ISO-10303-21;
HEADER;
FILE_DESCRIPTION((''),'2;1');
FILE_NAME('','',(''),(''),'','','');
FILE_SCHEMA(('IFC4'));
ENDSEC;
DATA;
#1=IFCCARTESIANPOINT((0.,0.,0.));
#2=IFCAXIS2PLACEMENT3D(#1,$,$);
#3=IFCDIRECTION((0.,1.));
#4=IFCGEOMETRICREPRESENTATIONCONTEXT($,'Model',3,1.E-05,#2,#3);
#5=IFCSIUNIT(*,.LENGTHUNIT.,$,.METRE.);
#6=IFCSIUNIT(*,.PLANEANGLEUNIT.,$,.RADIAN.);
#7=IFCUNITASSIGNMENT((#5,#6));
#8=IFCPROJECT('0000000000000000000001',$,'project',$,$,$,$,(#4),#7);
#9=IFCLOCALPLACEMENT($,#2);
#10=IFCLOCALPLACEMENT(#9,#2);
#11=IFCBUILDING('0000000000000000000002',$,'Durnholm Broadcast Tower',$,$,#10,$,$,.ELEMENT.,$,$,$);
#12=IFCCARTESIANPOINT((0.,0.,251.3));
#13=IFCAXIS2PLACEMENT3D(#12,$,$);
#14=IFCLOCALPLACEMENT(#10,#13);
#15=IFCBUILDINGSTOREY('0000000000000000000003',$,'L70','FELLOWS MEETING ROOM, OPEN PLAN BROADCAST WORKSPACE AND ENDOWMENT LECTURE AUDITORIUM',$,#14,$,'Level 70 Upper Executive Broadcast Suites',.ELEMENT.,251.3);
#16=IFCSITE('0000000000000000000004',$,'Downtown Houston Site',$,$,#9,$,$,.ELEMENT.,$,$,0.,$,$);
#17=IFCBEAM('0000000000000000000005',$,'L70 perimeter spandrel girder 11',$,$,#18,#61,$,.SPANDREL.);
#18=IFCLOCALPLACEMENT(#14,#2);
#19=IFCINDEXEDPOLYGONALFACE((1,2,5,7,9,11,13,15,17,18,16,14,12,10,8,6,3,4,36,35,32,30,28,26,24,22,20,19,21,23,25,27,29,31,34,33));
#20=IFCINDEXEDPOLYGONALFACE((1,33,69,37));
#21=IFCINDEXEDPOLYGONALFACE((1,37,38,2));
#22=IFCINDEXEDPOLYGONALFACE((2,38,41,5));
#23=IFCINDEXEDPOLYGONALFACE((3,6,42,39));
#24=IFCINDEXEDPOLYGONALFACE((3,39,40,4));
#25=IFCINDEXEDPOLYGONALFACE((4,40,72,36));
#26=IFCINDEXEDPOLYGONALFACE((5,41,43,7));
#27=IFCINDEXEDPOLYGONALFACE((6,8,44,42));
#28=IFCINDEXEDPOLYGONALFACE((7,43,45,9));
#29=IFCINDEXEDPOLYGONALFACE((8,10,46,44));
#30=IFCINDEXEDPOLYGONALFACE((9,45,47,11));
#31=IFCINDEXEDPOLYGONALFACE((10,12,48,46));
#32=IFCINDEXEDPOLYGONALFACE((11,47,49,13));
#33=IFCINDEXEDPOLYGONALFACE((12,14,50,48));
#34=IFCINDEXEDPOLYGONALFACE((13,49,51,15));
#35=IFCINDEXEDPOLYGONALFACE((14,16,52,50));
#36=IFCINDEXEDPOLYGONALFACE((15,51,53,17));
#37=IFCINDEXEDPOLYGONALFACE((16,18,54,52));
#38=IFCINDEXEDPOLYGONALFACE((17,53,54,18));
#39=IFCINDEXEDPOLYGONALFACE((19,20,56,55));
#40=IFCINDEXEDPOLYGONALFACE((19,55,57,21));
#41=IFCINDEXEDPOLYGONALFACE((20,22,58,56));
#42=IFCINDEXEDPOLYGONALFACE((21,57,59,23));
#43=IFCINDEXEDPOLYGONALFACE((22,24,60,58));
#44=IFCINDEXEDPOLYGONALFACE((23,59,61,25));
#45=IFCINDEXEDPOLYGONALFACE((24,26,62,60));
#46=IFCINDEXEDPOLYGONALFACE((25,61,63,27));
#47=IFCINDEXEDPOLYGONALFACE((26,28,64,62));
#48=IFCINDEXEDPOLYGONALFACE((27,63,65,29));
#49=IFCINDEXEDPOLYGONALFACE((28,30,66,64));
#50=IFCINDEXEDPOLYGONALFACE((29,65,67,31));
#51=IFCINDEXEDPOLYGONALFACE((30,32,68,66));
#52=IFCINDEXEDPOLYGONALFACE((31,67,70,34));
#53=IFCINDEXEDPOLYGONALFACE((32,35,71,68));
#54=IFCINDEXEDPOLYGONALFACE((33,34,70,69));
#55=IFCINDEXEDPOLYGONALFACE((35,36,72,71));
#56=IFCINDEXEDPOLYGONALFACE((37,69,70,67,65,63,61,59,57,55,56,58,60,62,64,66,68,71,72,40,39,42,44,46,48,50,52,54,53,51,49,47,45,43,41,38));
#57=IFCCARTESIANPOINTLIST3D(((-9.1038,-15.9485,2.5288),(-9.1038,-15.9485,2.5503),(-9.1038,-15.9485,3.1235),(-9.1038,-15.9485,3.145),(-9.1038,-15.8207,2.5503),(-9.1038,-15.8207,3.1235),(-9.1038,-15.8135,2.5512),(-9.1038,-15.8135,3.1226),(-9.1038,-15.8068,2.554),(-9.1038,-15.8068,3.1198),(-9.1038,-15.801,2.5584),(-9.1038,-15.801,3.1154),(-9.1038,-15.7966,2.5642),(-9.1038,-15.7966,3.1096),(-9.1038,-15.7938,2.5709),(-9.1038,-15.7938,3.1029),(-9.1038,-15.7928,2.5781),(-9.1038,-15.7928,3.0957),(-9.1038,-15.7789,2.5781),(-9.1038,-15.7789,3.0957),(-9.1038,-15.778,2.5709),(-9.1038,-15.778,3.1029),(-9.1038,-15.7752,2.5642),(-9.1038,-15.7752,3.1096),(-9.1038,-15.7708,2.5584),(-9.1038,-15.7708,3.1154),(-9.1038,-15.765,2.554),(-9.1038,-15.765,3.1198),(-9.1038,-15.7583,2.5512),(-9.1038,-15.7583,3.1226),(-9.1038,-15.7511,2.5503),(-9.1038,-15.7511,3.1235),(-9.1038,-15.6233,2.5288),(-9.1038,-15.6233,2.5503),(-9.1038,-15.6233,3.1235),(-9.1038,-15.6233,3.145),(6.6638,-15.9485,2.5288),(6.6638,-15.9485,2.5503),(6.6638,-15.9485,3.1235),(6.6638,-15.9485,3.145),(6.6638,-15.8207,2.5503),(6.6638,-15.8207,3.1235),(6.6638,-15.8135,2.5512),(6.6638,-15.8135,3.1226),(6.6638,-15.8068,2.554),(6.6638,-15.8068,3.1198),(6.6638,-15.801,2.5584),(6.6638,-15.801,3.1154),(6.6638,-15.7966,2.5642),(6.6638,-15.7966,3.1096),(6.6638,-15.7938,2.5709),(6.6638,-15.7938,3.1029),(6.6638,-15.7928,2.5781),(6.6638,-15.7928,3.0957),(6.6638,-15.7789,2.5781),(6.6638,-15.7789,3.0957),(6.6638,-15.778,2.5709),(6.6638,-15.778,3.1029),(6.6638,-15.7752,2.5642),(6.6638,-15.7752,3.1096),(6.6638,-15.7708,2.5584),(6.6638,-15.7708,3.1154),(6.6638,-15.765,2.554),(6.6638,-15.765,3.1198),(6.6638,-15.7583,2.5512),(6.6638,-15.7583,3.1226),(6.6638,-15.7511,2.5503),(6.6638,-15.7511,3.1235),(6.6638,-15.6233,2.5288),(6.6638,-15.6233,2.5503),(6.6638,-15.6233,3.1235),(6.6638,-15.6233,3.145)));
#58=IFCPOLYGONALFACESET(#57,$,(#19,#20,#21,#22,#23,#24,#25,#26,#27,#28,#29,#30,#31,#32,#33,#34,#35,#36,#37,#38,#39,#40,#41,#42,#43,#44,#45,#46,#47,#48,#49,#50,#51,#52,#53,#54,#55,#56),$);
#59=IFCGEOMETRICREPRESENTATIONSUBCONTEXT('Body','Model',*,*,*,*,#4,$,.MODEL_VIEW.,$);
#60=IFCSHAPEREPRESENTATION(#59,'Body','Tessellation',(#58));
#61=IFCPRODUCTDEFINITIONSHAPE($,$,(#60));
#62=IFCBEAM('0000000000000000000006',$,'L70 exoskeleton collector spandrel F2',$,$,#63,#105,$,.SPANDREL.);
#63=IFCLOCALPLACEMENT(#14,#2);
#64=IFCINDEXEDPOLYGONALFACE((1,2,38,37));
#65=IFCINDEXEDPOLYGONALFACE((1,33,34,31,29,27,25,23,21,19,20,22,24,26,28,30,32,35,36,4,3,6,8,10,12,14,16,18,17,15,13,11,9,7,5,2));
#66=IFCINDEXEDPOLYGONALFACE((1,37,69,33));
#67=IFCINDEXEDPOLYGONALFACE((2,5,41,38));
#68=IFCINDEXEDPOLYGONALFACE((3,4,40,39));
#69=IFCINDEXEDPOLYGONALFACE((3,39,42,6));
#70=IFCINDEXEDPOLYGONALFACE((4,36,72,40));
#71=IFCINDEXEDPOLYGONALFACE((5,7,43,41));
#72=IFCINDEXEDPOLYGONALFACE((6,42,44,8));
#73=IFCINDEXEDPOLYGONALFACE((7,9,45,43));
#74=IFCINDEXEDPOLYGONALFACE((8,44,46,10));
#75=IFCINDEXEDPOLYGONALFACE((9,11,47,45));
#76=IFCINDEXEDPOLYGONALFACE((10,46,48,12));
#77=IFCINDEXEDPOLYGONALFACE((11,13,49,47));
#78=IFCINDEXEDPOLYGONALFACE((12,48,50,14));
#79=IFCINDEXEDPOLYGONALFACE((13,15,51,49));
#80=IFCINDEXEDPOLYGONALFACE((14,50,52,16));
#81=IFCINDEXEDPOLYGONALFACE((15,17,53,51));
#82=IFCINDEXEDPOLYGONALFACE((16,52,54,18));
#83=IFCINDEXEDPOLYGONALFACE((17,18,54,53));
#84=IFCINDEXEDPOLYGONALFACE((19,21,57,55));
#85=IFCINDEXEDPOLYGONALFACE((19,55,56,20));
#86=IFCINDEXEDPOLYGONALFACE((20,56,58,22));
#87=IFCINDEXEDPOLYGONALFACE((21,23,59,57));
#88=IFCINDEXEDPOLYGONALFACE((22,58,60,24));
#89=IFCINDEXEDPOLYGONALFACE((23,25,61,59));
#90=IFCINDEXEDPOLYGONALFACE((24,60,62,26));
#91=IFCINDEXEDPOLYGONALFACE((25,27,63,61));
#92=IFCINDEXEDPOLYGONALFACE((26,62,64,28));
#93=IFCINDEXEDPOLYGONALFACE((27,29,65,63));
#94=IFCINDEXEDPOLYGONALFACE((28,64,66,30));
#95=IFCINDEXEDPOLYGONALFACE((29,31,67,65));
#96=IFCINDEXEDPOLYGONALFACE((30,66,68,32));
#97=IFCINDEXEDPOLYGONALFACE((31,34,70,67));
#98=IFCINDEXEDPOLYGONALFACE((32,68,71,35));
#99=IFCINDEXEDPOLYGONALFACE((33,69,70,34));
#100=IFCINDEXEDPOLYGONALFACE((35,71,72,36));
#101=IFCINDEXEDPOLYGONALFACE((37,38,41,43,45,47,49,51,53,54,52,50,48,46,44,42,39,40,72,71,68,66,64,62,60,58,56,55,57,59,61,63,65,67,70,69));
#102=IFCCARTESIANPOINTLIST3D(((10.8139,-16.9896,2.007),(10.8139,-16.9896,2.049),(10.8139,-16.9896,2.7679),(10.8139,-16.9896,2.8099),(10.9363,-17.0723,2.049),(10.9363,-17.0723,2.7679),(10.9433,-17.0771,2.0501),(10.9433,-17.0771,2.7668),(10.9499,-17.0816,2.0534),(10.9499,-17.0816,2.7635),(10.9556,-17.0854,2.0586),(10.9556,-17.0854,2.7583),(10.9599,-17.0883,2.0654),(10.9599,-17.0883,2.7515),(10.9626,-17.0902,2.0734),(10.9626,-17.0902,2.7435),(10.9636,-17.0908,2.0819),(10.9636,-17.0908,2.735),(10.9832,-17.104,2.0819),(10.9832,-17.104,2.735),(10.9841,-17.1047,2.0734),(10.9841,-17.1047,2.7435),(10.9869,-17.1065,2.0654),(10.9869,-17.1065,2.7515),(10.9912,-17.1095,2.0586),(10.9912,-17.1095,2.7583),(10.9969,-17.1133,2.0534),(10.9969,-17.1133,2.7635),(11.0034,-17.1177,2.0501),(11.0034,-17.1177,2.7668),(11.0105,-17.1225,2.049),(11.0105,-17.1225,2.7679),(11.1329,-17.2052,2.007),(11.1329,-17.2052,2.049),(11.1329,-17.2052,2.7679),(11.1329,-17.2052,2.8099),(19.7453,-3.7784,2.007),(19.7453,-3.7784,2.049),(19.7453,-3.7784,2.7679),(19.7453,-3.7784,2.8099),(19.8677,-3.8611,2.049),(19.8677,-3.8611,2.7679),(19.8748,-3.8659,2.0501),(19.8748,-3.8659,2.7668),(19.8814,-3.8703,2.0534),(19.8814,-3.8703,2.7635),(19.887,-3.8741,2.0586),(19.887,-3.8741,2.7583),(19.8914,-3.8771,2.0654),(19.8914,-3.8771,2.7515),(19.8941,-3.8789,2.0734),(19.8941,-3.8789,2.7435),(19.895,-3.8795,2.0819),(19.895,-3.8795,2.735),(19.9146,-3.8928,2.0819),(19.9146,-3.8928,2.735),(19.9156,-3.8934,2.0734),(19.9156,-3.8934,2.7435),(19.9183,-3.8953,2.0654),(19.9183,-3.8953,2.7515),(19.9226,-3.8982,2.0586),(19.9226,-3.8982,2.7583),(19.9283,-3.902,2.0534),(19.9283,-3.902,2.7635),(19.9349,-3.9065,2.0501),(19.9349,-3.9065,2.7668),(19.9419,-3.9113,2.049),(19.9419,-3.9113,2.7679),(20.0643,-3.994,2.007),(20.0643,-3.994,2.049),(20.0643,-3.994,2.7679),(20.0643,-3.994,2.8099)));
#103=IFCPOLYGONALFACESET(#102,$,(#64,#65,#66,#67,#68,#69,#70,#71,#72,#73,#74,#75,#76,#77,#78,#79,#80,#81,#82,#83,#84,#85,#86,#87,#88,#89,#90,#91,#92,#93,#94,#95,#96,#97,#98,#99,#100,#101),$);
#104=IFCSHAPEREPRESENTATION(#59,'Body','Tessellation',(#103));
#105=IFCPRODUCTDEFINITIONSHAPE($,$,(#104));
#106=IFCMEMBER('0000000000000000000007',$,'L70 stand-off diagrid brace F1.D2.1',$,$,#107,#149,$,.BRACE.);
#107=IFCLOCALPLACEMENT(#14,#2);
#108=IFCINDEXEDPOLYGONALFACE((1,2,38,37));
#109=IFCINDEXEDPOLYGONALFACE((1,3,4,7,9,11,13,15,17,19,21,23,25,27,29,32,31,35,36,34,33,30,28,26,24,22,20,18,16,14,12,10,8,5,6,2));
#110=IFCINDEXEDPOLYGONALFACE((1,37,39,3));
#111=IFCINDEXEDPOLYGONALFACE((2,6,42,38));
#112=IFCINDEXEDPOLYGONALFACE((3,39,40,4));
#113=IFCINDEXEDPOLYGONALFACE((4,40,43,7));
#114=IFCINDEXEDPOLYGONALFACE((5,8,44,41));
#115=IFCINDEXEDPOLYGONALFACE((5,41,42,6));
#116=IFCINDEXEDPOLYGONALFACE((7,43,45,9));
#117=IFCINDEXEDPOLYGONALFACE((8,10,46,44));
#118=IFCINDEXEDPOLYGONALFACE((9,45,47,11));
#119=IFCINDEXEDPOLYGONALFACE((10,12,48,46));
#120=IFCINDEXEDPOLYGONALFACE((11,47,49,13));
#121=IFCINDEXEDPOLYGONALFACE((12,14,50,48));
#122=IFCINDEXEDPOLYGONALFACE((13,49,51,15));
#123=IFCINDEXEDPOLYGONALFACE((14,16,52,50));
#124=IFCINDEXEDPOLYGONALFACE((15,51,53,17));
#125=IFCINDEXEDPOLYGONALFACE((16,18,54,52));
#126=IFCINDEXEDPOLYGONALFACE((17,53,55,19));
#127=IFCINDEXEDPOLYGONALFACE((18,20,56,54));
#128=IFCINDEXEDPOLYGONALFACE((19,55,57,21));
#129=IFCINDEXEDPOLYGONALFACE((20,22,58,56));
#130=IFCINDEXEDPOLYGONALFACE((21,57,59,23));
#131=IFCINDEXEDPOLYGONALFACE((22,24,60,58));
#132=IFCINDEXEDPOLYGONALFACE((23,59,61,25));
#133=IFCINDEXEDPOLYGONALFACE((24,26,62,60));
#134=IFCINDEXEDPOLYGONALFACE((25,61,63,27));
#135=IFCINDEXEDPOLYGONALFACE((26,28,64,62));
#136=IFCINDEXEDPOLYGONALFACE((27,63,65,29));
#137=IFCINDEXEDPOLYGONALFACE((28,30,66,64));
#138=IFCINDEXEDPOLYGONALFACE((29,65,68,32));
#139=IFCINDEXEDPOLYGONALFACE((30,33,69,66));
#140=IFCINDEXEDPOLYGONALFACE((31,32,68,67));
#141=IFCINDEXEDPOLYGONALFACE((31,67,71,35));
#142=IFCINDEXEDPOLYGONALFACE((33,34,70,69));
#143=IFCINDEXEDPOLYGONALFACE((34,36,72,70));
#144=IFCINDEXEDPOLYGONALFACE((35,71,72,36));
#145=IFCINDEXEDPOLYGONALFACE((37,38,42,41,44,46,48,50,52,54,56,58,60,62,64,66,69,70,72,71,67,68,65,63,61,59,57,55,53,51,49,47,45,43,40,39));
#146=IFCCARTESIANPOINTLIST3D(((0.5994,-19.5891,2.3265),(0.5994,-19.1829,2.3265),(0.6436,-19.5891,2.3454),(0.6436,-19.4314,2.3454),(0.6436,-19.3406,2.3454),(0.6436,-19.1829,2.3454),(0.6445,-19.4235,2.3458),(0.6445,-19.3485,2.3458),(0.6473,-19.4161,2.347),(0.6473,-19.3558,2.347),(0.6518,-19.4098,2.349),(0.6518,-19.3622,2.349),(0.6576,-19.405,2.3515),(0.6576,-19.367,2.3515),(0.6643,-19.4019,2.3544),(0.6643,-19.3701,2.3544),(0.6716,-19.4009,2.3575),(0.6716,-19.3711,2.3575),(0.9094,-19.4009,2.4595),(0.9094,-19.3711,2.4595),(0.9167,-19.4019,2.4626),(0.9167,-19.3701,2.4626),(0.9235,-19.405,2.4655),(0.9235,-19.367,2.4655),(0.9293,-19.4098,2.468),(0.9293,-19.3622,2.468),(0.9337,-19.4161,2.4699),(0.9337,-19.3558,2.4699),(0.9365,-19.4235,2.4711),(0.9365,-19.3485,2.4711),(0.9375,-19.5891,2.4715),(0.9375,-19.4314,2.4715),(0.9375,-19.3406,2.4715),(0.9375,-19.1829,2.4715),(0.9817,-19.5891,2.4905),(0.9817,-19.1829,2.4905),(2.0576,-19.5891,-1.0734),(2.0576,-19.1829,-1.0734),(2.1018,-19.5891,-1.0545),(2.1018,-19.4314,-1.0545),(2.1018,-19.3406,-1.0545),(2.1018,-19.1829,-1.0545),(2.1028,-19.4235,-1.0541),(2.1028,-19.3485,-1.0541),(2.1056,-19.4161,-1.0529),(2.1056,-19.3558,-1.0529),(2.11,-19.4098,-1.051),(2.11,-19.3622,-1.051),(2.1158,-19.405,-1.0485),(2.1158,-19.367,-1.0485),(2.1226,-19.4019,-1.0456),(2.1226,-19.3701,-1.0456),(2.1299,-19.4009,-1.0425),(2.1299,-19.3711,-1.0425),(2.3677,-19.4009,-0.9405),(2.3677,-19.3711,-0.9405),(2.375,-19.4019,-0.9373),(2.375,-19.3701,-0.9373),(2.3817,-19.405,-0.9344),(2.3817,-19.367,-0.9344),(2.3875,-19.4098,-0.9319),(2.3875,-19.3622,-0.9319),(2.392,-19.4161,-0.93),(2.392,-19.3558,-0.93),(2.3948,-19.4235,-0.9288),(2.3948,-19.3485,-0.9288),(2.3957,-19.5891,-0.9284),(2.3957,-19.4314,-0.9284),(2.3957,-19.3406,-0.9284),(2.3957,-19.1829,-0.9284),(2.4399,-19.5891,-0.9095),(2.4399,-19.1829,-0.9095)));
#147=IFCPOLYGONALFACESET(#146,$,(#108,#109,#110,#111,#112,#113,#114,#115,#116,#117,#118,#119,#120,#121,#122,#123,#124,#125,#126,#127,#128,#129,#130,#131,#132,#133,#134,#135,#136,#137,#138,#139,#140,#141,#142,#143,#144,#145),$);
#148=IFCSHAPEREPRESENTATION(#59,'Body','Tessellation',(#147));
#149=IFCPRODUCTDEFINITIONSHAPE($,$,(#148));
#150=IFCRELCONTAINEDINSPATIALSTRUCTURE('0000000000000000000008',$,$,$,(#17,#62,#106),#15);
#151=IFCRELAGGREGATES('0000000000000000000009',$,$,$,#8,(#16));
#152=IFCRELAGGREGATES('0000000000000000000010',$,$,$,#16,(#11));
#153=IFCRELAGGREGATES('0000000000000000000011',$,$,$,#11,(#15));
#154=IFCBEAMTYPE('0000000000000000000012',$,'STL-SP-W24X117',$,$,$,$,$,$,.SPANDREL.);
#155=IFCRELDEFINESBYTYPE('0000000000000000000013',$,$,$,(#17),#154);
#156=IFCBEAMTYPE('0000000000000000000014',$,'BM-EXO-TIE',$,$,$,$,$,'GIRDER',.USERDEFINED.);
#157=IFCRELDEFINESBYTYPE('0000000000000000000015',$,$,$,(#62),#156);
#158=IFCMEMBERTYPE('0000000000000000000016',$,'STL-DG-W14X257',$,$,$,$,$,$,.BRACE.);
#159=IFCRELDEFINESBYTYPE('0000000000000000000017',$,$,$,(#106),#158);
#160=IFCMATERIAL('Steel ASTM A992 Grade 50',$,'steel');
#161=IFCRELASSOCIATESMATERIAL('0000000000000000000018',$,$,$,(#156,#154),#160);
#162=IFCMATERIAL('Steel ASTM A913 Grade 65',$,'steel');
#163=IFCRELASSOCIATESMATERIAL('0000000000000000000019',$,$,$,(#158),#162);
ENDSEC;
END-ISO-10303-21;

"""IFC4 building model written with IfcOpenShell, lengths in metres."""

from ifc_helpers import new_model, si_unit, direction, frame, origin, origin_2d, place, context, subcontext, project, spatial, i_section, extrude, source, transform, mapped, material, material_profile, profile_set, type_object, type_shapes, element, save


model = new_model("IFC4")

# Units and contexts
model_context = context("Model", 3, precision=1e-05, world=origin(), true_north=direction((0.0, 1.0)))
body_context = subcontext(model_context, "Body", "Model", "MODEL_VIEW")
ifc_project = project(units=[si_unit("LENGTHUNIT", "METRE"), si_unit("PLANEANGLEUNIT", "RADIAN")], contexts=[model_context])

# Site, building, storey
site_placement = place(None, origin())
site = spatial("IfcSite", under=ifc_project, at=site_placement, Name="Downtown Houston Site", CompositionType="ELEMENT", RefElevation=0.0)
building_placement = place(site_placement, origin())
building = spatial("IfcBuilding", under=site, at=building_placement, Name="Durnholm Broadcast Tower", CompositionType="ELEMENT")
storey_placement = place(building_placement, frame((0.0, 0.0, 251.3)))
storey = spatial("IfcBuildingStorey", under=building, at=storey_placement, Name="L70", Description="FELLOWS MEETING ROOM, OPEN PLAN BROADCAST WORKSPACE AND ENDOWMENT LECTURE AUDITORIUM", LongName="Level 70 Upper Executive Broadcast Suites", CompositionType="ELEMENT", Elevation=251.3)

# Beams
ifc_material_1 = material(Name="Steel ASTM A992 Grade 50", Category="steel")
ifc_material_profile_1 = material_profile(ifc_material_1, i_section(OverallWidth=0.385, OverallDepth=0.803, WebThickness=0.0237, FlangeThickness=0.042, FilletRadius=0.033, at=origin_2d()), Name="W30X261")
ifc_profile_set_1 = profile_set([ifc_material_profile_1], Name="Steel ASTM A992 Grade 50")
beam_type_1 = type_object("IfcBeamType", Name="BM-EXO-TIE", ElementType="GIRDER", PredefinedType="USERDEFINED", material=ifc_profile_set_1)
ifc_material_profile_2 = material_profile(ifc_material_1, i_section(OverallWidth=0.3252, OverallDepth=0.6162, WebThickness=0.0139, FlangeThickness=0.0215, FilletRadius=0.0278, at=origin_2d()), Name="W24X117")
ifc_profile_set_2 = profile_set([ifc_material_profile_2], Name="Steel ASTM A992 Grade 50")
beam_type_2 = type_object("IfcBeamType", Name="STL-SP-W24X117", PredefinedType="SPANDREL", material=ifc_profile_set_2)
shared_shape_1 = source(origin(), body_context, "Body", "SweptSolid", [
    extrude(i_section(OverallWidth=0.3252, OverallDepth=0.6162, WebThickness=0.0139, FlangeThickness=0.0215, FilletRadius=0.0278, at=origin_2d()), origin(), (0.0, 0.0, 1.0), 15.7676),
])
beam_1_placement = place(storey_placement, frame((6.6638, -15.7859, 2.8369), z_axis=(-1.0, 0.0, 0.0), x_axis=(0.0, -1.0, 0.0)))
element("IfcBeam", 1, at=beam_1_placement, inside=storey, type_object=beam_type_2, Name="L70 perimeter spandrel girder 11", PredefinedType="SPANDREL", context=body_context, shape_type="MappedRepresentation", body=[
    mapped(shared_shape_1, transform((0.0, 0.0, 0.0), x_axis=(1.0, 0.0, 0.0), y_axis=(0.0, 1.0, 0.0), z_axis=(0.0, 0.0, 1.0), scale=1.0)),
])
shared_shape_2 = source(origin(), body_context, "Body", "SweptSolid", [
    extrude(i_section(OverallWidth=0.385, OverallDepth=0.803, WebThickness=0.0237, FlangeThickness=0.042, FilletRadius=0.033, at=origin_2d()), origin(), (0.0, 0.0, 1.0), 15.947),
])
beam_2_placement = place(storey_placement, frame((10.9734, -17.0974, 2.4084), z_axis=(0.560069, 0.828446, 0.0), x_axis=(-0.828446, 0.560069, 0.0)))
element("IfcBeam", 2, at=beam_2_placement, inside=storey, type_object=beam_type_1, Name="L70 exoskeleton collector spandrel F2", PredefinedType="SPANDREL", context=body_context, shape_type="MappedRepresentation", body=[
    mapped(shared_shape_2, transform((0.0, 0.0, 0.0), x_axis=(1.0, 0.0, 0.0), y_axis=(0.0, 1.0, 0.0), z_axis=(0.0, 0.0, 1.0), scale=1.0)),
])

# Member
ifc_material_2 = material(Name="Steel ASTM A913 Grade 65", Category="steel")
ifc_material_profile_3 = material_profile(ifc_material_2, i_section(OverallWidth=0.4062, OverallDepth=0.416, WebThickness=0.0298, FlangeThickness=0.0481, FilletRadius=0.0305, at=origin_2d()), Name="W14X257")
ifc_profile_set_3 = profile_set([ifc_material_profile_3], Name="Steel ASTM A913 Grade 65")
member_type_1 = type_object("IfcMemberType", Name="STL-DG-W14X257", PredefinedType="BRACE", material=ifc_profile_set_3)
shared_shape_3 = source(origin(), body_context, "Body", "SweptSolid", [
    extrude(i_section(OverallWidth=0.4062, OverallDepth=0.416, WebThickness=0.0298, FlangeThickness=0.0481, FilletRadius=0.0305, at=origin_2d()), origin(), (0.0, 0.0, 1.0), 3.6995),
])
type_shapes(member_type_1, [shared_shape_3])
for number, where, z_axis, x_axis, name in (
    (3, (2.2488, -19.386, -0.9915), (-0.394182, 0.0, 0.919032), (0.0, -1.0, 0.0), "L70 stand-off diagrid brace F1.D2.1"),
):
    element("IfcMember", number, at=place(storey_placement, frame(where, z_axis=z_axis, x_axis=x_axis)), inside=storey, type_object=member_type_1, Name=name, PredefinedType="BRACE", context=body_context, shape_type="MappedRepresentation", body=[
        mapped(shared_shape_3, transform((0.0, 0.0, 0.0), x_axis=(1.0, 0.0, 0.0), y_axis=(0.0, 1.0, 0.0), z_axis=(0.0, 0.0, 1.0), scale=1.0)),
    ])

save(model, "model.ifc")
